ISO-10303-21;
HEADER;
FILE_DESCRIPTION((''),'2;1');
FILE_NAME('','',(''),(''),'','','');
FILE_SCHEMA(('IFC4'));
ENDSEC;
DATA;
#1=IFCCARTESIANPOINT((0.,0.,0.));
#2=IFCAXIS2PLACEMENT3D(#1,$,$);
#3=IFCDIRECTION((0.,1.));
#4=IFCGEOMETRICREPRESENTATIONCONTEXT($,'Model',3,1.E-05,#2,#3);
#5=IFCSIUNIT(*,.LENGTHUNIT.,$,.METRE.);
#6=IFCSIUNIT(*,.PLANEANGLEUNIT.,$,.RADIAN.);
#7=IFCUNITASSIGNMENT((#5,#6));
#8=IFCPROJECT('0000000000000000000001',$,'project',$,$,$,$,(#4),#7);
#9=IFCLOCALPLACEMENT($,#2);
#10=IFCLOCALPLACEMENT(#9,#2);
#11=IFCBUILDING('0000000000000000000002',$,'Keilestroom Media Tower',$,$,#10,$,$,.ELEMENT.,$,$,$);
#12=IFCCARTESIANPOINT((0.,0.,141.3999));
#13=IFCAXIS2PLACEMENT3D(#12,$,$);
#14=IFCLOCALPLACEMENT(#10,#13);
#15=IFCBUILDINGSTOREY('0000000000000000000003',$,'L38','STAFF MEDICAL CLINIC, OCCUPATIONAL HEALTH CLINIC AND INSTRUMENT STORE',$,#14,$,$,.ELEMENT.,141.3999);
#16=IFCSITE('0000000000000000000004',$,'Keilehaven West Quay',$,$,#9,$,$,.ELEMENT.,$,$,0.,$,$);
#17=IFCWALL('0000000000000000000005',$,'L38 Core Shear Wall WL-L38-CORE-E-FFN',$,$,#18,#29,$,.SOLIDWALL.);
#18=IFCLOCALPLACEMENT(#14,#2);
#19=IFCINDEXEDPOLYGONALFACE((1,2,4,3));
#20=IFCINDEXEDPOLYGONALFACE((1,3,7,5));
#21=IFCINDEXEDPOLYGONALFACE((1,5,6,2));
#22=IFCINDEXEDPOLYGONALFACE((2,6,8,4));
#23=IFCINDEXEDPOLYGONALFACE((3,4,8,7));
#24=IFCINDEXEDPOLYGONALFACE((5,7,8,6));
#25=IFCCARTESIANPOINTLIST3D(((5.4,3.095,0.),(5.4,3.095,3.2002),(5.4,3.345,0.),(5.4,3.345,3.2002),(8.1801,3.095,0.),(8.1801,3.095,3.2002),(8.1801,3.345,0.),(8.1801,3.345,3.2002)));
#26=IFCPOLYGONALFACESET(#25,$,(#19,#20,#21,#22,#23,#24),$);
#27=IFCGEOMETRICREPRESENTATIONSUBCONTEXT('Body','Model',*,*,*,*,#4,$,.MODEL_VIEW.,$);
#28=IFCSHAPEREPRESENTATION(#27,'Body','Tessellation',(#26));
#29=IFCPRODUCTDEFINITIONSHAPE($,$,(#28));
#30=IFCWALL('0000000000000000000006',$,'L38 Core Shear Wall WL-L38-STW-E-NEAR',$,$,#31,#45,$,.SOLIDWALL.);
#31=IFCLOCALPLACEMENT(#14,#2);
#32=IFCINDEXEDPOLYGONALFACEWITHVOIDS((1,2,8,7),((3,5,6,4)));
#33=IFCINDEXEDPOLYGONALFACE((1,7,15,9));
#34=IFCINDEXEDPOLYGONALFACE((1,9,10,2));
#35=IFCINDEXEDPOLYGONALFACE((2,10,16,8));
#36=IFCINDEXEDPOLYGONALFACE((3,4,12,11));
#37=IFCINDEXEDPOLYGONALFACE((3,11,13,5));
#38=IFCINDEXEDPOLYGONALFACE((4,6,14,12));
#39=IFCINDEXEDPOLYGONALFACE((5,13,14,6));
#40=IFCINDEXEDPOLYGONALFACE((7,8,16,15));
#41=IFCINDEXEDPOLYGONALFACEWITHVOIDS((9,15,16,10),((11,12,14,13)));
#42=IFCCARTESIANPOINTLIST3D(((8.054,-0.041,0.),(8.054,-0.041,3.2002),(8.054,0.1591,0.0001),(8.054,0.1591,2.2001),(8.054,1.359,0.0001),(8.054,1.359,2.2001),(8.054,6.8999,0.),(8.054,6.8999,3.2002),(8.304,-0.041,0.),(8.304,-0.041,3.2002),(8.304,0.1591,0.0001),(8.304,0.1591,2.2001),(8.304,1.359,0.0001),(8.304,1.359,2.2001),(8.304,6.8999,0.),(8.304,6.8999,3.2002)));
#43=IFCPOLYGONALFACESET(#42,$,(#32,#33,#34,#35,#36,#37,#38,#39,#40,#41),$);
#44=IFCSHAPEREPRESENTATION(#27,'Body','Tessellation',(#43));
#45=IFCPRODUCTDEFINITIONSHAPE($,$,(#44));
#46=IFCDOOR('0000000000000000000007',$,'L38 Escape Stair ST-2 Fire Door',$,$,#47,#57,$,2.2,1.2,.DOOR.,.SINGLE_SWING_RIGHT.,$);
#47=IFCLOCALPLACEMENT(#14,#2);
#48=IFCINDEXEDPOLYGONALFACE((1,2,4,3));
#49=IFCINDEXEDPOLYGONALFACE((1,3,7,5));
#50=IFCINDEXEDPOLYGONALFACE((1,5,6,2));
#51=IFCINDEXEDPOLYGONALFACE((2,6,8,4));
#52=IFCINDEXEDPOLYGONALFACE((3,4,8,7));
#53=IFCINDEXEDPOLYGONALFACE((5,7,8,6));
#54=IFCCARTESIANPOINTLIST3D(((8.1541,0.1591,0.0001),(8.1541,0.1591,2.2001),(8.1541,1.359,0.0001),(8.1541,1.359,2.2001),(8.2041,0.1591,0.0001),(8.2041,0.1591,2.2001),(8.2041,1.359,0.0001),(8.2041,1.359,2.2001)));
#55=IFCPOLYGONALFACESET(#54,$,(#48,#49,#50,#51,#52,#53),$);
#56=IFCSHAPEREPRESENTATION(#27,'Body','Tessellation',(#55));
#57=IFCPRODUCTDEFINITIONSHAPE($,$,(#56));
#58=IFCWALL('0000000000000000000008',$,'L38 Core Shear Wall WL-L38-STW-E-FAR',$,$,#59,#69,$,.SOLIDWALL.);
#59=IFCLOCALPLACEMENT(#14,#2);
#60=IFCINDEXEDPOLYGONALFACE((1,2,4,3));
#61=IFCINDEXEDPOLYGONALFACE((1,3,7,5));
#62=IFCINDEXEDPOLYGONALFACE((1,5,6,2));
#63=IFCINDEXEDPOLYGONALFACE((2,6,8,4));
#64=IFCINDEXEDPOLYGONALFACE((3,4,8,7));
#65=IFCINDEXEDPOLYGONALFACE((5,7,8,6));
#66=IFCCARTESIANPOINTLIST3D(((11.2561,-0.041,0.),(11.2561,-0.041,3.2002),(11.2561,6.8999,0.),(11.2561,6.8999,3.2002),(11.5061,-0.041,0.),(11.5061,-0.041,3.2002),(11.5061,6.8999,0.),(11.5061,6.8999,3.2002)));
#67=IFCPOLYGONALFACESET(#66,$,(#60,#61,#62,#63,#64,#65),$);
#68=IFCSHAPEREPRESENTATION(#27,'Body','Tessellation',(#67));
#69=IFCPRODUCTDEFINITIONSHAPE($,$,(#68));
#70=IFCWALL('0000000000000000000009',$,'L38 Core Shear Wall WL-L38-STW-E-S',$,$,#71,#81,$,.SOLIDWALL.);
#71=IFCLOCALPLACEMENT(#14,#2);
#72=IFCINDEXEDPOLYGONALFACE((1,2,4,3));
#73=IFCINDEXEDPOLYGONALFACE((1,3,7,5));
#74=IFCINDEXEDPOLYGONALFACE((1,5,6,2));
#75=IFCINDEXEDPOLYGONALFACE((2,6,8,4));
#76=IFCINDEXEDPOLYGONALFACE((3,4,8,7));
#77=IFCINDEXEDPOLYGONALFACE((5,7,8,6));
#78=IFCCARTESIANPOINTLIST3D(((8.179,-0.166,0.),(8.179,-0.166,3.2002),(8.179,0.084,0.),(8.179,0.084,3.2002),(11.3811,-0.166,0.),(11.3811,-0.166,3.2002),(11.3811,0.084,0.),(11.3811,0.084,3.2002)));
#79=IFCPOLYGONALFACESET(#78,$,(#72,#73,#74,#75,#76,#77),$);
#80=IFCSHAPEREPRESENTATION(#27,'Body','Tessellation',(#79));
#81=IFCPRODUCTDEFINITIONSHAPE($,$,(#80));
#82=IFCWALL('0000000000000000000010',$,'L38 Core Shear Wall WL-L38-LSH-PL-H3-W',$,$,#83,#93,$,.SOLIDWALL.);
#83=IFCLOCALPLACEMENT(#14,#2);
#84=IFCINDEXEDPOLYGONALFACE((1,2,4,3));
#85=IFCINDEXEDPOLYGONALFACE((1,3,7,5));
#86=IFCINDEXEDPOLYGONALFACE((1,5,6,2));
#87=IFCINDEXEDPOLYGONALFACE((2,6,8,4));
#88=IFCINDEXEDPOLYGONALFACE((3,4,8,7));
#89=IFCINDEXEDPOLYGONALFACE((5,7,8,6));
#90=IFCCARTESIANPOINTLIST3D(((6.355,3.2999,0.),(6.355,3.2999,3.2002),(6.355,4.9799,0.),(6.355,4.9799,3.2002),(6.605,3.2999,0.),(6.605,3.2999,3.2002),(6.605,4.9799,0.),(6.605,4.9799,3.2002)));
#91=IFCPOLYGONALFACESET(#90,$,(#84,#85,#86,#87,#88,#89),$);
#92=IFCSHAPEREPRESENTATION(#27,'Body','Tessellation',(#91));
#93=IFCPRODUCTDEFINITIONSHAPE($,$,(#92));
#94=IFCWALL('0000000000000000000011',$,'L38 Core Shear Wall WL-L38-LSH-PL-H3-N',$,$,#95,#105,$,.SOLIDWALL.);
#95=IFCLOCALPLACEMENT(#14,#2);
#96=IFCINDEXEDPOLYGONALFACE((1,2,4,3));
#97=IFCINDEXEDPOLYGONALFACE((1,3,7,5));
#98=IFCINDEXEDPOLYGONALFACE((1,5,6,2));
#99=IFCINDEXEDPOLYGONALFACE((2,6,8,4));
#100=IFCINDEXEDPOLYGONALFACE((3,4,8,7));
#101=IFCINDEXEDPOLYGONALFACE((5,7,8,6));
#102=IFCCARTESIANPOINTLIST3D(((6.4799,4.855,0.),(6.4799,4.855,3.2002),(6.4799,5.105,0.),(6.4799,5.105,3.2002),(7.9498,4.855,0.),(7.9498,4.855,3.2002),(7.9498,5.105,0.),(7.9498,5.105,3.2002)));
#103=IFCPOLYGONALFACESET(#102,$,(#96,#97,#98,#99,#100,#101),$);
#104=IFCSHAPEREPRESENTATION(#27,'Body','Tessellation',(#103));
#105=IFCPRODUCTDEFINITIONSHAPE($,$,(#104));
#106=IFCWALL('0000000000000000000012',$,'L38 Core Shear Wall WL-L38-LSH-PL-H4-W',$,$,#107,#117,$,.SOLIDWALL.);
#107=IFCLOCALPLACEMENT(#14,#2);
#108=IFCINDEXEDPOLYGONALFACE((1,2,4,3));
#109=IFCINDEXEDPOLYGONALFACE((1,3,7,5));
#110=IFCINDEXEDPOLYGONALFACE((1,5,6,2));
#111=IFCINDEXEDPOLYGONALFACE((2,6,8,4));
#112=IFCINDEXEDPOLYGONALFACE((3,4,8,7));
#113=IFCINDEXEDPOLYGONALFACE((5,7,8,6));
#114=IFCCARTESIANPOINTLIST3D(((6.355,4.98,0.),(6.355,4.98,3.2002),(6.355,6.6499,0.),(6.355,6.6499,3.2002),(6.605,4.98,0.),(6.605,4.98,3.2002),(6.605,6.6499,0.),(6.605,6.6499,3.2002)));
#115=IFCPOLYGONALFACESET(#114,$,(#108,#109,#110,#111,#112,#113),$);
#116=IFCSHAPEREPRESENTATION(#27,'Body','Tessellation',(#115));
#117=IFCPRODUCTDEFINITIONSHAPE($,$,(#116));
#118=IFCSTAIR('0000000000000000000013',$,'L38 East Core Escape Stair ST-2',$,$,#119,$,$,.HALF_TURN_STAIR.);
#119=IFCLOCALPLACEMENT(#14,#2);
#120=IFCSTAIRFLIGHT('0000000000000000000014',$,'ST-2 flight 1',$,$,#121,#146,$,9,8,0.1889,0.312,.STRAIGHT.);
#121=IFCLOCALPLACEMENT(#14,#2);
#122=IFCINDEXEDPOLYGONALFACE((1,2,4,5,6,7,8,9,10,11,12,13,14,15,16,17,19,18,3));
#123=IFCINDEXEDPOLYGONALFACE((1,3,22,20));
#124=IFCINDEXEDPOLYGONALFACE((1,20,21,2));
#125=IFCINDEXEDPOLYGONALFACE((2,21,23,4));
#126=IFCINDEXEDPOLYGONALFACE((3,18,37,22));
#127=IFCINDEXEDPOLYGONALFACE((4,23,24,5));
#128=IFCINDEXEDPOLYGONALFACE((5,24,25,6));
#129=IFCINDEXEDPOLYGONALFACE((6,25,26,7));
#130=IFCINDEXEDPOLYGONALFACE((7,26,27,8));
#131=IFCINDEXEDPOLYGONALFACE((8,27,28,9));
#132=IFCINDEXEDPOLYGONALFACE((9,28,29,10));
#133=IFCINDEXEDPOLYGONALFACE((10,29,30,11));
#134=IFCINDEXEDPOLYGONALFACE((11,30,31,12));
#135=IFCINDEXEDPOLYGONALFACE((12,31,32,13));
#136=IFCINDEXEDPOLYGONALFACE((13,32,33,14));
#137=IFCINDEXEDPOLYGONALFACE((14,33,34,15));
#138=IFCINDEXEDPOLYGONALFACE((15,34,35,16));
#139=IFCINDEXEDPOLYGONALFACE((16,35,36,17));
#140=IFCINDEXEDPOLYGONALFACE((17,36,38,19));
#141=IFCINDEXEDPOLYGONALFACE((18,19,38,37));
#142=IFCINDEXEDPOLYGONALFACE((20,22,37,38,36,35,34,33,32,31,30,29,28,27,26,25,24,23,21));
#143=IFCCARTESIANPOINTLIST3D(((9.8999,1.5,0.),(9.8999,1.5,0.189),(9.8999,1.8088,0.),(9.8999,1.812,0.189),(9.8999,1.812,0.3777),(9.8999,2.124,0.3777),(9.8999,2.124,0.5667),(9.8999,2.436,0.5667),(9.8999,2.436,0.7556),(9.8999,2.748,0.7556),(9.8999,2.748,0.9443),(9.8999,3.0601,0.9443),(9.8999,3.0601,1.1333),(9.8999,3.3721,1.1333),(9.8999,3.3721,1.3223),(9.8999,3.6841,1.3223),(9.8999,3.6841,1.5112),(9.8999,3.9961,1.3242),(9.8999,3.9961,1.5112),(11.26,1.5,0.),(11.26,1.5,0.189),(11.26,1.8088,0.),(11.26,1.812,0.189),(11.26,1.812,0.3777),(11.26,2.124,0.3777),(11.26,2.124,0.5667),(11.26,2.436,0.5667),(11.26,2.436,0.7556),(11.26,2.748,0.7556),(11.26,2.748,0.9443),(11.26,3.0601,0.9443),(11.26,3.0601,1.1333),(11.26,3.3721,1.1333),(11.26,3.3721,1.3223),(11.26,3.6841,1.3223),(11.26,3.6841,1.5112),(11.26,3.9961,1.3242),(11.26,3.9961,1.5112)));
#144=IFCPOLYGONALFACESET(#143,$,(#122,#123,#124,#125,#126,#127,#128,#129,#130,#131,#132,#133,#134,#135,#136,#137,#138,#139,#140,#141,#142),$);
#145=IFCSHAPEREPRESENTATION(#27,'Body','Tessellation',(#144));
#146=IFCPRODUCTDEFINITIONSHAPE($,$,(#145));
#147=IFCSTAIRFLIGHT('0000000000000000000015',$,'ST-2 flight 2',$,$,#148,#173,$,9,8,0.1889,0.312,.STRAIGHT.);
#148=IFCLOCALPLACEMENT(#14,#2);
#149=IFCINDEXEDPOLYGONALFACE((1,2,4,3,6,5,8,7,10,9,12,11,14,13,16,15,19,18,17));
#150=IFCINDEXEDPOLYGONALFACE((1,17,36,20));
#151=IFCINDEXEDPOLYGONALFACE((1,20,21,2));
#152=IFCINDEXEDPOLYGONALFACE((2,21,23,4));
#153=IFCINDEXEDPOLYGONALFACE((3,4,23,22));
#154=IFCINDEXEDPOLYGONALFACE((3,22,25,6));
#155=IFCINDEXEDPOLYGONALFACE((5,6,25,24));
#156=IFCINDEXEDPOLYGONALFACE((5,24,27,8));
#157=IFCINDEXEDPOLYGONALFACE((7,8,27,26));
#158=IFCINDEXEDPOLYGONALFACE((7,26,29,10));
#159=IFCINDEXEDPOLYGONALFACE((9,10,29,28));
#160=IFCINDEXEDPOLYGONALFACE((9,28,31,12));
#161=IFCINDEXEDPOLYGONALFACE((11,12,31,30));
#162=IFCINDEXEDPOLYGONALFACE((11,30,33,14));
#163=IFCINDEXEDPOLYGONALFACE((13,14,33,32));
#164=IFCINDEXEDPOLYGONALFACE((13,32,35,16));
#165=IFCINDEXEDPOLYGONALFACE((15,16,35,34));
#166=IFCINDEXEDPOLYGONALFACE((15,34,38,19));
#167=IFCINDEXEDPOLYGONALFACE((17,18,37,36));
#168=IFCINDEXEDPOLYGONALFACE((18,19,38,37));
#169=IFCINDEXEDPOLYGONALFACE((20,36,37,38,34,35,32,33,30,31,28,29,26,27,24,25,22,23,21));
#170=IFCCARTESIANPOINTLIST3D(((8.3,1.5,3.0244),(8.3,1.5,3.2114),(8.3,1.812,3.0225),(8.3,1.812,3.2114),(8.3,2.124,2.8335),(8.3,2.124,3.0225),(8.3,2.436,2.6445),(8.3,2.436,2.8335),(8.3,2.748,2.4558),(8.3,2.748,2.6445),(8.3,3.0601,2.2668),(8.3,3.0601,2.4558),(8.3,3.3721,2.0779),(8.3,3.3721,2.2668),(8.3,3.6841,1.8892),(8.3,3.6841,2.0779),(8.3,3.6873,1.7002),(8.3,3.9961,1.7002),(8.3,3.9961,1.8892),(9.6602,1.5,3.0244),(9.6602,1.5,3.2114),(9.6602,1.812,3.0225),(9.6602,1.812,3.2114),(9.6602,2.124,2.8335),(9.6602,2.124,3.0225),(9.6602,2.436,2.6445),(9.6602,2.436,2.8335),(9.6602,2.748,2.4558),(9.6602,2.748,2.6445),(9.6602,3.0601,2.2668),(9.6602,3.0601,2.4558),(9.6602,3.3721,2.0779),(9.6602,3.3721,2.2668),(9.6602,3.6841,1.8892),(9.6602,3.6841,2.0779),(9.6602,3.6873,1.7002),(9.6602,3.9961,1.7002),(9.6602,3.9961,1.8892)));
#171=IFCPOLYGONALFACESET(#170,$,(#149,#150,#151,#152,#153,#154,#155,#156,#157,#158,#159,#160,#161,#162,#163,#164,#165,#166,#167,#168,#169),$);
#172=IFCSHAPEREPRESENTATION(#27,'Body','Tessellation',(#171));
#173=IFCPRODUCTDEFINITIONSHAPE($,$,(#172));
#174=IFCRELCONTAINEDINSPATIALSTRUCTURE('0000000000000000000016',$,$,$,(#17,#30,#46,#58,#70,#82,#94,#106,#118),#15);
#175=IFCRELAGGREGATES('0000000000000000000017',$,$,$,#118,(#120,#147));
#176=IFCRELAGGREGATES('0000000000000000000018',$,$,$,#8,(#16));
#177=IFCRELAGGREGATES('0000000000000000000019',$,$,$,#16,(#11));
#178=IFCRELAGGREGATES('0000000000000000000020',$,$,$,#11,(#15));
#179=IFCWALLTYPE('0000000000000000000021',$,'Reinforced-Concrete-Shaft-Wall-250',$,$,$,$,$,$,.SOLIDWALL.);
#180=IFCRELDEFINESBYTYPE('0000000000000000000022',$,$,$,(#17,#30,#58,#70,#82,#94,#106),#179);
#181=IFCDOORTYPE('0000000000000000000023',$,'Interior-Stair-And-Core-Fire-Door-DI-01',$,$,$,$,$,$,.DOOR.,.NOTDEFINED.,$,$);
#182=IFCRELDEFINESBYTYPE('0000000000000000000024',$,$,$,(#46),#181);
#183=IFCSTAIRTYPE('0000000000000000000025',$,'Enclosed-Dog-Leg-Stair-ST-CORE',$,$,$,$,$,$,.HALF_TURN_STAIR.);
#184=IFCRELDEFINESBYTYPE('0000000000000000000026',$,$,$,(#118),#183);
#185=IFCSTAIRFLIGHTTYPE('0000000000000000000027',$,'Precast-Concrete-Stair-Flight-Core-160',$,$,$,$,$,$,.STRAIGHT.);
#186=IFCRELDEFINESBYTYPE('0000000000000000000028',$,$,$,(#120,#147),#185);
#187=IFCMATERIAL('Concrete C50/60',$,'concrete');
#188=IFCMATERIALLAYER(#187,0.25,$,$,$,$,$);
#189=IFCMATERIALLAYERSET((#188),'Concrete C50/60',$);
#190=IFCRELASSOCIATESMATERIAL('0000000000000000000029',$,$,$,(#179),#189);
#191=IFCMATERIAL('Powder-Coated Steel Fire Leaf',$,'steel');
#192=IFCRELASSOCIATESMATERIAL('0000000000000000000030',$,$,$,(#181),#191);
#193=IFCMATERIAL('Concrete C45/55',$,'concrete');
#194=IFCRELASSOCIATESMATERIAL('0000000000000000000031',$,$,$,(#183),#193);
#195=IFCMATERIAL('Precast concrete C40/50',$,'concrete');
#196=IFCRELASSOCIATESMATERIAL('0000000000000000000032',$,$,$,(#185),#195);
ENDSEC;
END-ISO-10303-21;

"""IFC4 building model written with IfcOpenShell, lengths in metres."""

from ifc_helpers import new_model, si_unit, direction, frame, frame_2d, origin, place, context, subcontext, project, spatial, polyline, rectangle, outline, extrude, source, transform, mapped, material, layer, layer_set, type_object, element, fill, aggregate, save


model = new_model("IFC4")

# Units and contexts
model_context = context("Model", 3, precision=1e-05, world=origin(), true_north=direction((0.0, 1.0)))
body_context = subcontext(model_context, "Body", "Model", "MODEL_VIEW")
ifc_project = project(units=[si_unit("LENGTHUNIT", "METRE"), si_unit("PLANEANGLEUNIT", "RADIAN")], contexts=[model_context])

# Site, building, storey
site_placement = place(None, origin())
site = spatial("IfcSite", under=ifc_project, at=site_placement, Name="Keilehaven West Quay", CompositionType="ELEMENT", RefElevation=0.0)
building_placement = place(site_placement, origin())
building = spatial("IfcBuilding", under=site, at=building_placement, Name="Keilestroom Media Tower", CompositionType="ELEMENT")
storey_placement = place(building_placement, frame((0.0, 0.0, 141.3999)))
storey = spatial("IfcBuildingStorey", under=building, at=storey_placement, Name="L38", Description="STAFF MEDICAL CLINIC, OCCUPATIONAL HEALTH CLINIC AND INSTRUMENT STORE", CompositionType="ELEMENT", Elevation=141.3999)

# Wall
ifc_material_1 = material(Name="Concrete C50/60", Category="concrete")
ifc_layer_1 = layer(ifc_material_1, 0.25)
ifc_layer_set_1 = layer_set([ifc_layer_1], Name="Concrete C50/60")
wall_type_1 = type_object("IfcWallType", Name="Reinforced-Concrete-Shaft-Wall-250", PredefinedType="SOLIDWALL", material=ifc_layer_set_1)
wall_1_placement = place(storey_placement, frame((5.3999, 3.22, 0.0), z_axis=(0.0, 0.0, 1.0), x_axis=(1.0, 0.0, 0.0)))
element("IfcWall", 1, at=wall_1_placement, inside=storey, type_object=wall_type_1, Name="L38 Core Shear Wall WL-L38-CORE-E-FFN", PredefinedType="SOLIDWALL", context=body_context, shape_type="SweptSolid", body=[
    extrude(rectangle(XDim=2.78, YDim=0.25, at=frame_2d((1.3901, 0.0))), origin(), (0.0, 0.0, 1.0), 3.2002),
])

# Wall, opening, door
wall_2_placement = place(storey_placement, frame((8.179, -0.041, 0.0), z_axis=(0.0, 0.0, 1.0), x_axis=(0.0, 1.0, 0.0)))
wall_2 = element("IfcWall", 2, at=wall_2_placement, inside=storey, type_object=wall_type_1, Name="L38 Core Shear Wall WL-L38-STW-E-NEAR", PredefinedType="SOLIDWALL", context=body_context, shape_type="SweptSolid", body=[
    extrude(rectangle(XDim=6.9409, YDim=0.25, at=frame_2d((3.4705, 0.0))), origin(), (0.0, 0.0, 1.0), 3.2002),
])
opening_placement = place(wall_2_placement, frame((0.2, 0.0, 0.0)))
opening = element("IfcOpeningElement", 3, at=opening_placement, cuts=wall_2, PredefinedType="OPENING", context=body_context, shape_type="SweptSolid", body=[
    extrude(rectangle(XDim=1.2, YDim=2.2, at=frame_2d((0.6001, 1.1001))), frame((0.0, 0.135, 0.0), z_axis=(0.0, -1.0, 0.0), x_axis=(1.0, 0.0, 0.0)), (0.0, 0.0, 1.0), 0.27),
])
ifc_material_2 = material(Name="Powder-Coated Steel Fire Leaf", Category="steel")
door_type = type_object("IfcDoorType", Name="Interior-Stair-And-Core-Fire-Door-DI-01", OperationType="NOTDEFINED", PredefinedType="DOOR", material=ifc_material_2)
shared_shape_1 = source(origin(), body_context, "Body", "SweptSolid", [
    extrude(rectangle(XDim=1.2, YDim=2.2, at=frame_2d((0.6001, 1.1001))), frame((0.0, 0.0249, 0.0), z_axis=(0.0, -1.0, 0.0), x_axis=(1.0, 0.0, 0.0)), (0.0, 0.0, 1.0), 0.05),
])
door_placement = place(opening_placement, origin())
door = element("IfcDoor", 4, at=door_placement, inside=storey, type_object=door_type, Name="L38 Escape Stair ST-2 Fire Door", OperationType="SINGLE_SWING_RIGHT", OverallHeight=2.2, OverallWidth=1.2, PredefinedType="DOOR", context=body_context, shape_type="MappedRepresentation", body=[
    mapped(shared_shape_1, transform((0.0, 0.0, 0.0), x_axis=(1.0, 0.0, 0.0), y_axis=(0.0, 1.0, 0.0), z_axis=(0.0, 0.0, 1.0), scale=1.0)),
])
fill(opening, door)

# Walls
wall_3_placement = place(storey_placement, frame((11.3811, -0.041, 0.0), z_axis=(0.0, 0.0, 1.0), x_axis=(0.0, 1.0, 0.0)))
element("IfcWall", 5, at=wall_3_placement, inside=storey, type_object=wall_type_1, Name="L38 Core Shear Wall WL-L38-STW-E-FAR", PredefinedType="SOLIDWALL", context=body_context, shape_type="SweptSolid", body=[
    extrude(rectangle(XDim=6.9409, YDim=0.25, at=frame_2d((3.4705, 0.0))), origin(), (0.0, 0.0, 1.0), 3.2002),
])
wall_4_placement = place(storey_placement, frame((8.179, -0.041, 0.0), z_axis=(0.0, 0.0, 1.0), x_axis=(1.0, 0.0, 0.0)))
element("IfcWall", 6, at=wall_4_placement, inside=storey, type_object=wall_type_1, Name="L38 Core Shear Wall WL-L38-STW-E-S", PredefinedType="SOLIDWALL", context=body_context, shape_type="SweptSolid", body=[
    extrude(rectangle(XDim=3.2021, YDim=0.25, at=frame_2d((1.6011, 0.0))), origin(), (0.0, 0.0, 1.0), 3.2002),
])
wall_5_placement = place(storey_placement, frame((6.48, 3.3, 0.0), z_axis=(0.0, 0.0, 1.0), x_axis=(0.0, 1.0, 0.0)))
element("IfcWall", 7, at=wall_5_placement, inside=storey, type_object=wall_type_1, Name="L38 Core Shear Wall WL-L38-LSH-PL-H3-W", PredefinedType="SOLIDWALL", context=body_context, shape_type="SweptSolid", body=[
    extrude(rectangle(XDim=1.6799, YDim=0.25, at=frame_2d((0.8398, 0.0))), origin(), (0.0, 0.0, 1.0), 3.2002),
])
wall_6_placement = place(storey_placement, frame((6.48, 4.98, 0.0), z_axis=(0.0, 0.0, 1.0), x_axis=(1.0, 0.0, 0.0)))
element("IfcWall", 8, at=wall_6_placement, inside=storey, type_object=wall_type_1, Name="L38 Core Shear Wall WL-L38-LSH-PL-H3-N", PredefinedType="SOLIDWALL", context=body_context, shape_type="SweptSolid", body=[
    extrude(rectangle(XDim=1.47, YDim=0.25, at=frame_2d((0.7349, 0.0))), origin(), (0.0, 0.0, 1.0), 3.2002),
])
wall_7_placement = place(storey_placement, frame((6.48, 4.98, 0.0), z_axis=(0.0, 0.0, 1.0), x_axis=(0.0, 1.0, 0.0)))
element("IfcWall", 9, at=wall_7_placement, inside=storey, type_object=wall_type_1, Name="L38 Core Shear Wall WL-L38-LSH-PL-H4-W", PredefinedType="SOLIDWALL", context=body_context, shape_type="SweptSolid", body=[
    extrude(rectangle(XDim=1.6699, YDim=0.25, at=frame_2d((0.835, 0.0))), origin(), (0.0, 0.0, 1.0), 3.2002),
])

# Stair, stair flights
ifc_material_3 = material(Name="Concrete C45/55", Category="concrete")
stair_type = type_object("IfcStairType", Name="Enclosed-Dog-Leg-Stair-ST-CORE", PredefinedType="HALF_TURN_STAIR", material=ifc_material_3)
stair_placement = place(storey_placement, origin())
stair = element("IfcStair", 10, at=stair_placement, inside=storey, type_object=stair_type, Name="L38 East Core Escape Stair ST-2", PredefinedType="HALF_TURN_STAIR")
ifc_material_4 = material(Name="Precast concrete C40/50", Category="concrete")
stair_flight_type = type_object("IfcStairFlightType", Name="Precast-Concrete-Stair-Flight-Core-160", PredefinedType="STRAIGHT", material=ifc_material_4)
stair_flight_1_placement = place(storey_placement, frame((10.5801, 1.5, 0.0), z_axis=(0.0, 0.0, 1.0), x_axis=(0.0, 1.0, 0.0)))
stair_flight_1 = element("IfcStairFlight", 11, at=stair_flight_1_placement, type_object=stair_flight_type, Name="ST-2 flight 1", NumberOfRisers=9, NumberOfTreads=8, PredefinedType="STRAIGHT", RiserHeight=0.1889, TreadLength=0.312, context=body_context, shape_type="SweptSolid", body=[
    extrude(outline(polyline([(0.0, 0.0), (0.0, 0.189), (0.312, 0.189), (0.312, 0.3777), (0.624, 0.3777), (0.624, 0.5667), (0.936, 0.5667), (0.936, 0.7556), (1.248, 0.7556), (1.248, 0.9443), (1.5601, 0.9443), (1.5601, 1.1333), (1.8721, 1.1333), (1.8721, 1.3223), (2.1841, 1.3223), (2.1841, 1.5112), (2.4961, 1.5112), (2.4961, 1.7), (2.4961, 1.3242), (0.3088, 0.0), (0.0, 0.0)])), frame((0.0, 0.6802, 0.0), z_axis=(0.0, -1.0, 0.0), x_axis=(1.0, 0.0, 0.0)), (0.0, 0.0, 1.0), 1.3601),
])
stair_flight_2_placement = place(storey_placement, frame((8.98, 3.9961, 1.7002), z_axis=(0.0, 0.0, 1.0), x_axis=(0.0, -1.0, 0.0)))
stair_flight_2 = element("IfcStairFlight", 12, at=stair_flight_2_placement, type_object=stair_flight_type, Name="ST-2 flight 2", NumberOfRisers=9, NumberOfTreads=8, PredefinedType="STRAIGHT", RiserHeight=0.1889, TreadLength=0.312, context=body_context, shape_type="SweptSolid", body=[
    extrude(outline(polyline([(0.0, 0.0), (0.0, 0.189), (0.312, 0.189), (0.312, 0.3777), (0.624, 0.3777), (0.624, 0.5667), (0.936, 0.5667), (0.936, 0.7556), (1.248, 0.7556), (1.248, 0.9443), (1.5601, 0.9443), (1.5601, 1.1333), (1.8721, 1.1333), (1.8721, 1.3223), (2.1841, 1.3223), (2.1841, 1.5112), (2.4961, 1.5112), (2.4961, 1.7), (2.4961, 1.3242), (0.3088, 0.0), (0.0, 0.0)])), frame((0.0, 0.6802, 0.0), z_axis=(0.0, -1.0, 0.0), x_axis=(1.0, 0.0, 0.0)), (0.0, 0.0, 1.0), 1.3601),
])
aggregate(stair, [stair_flight_1, stair_flight_2])

save(model, "model.ifc")
